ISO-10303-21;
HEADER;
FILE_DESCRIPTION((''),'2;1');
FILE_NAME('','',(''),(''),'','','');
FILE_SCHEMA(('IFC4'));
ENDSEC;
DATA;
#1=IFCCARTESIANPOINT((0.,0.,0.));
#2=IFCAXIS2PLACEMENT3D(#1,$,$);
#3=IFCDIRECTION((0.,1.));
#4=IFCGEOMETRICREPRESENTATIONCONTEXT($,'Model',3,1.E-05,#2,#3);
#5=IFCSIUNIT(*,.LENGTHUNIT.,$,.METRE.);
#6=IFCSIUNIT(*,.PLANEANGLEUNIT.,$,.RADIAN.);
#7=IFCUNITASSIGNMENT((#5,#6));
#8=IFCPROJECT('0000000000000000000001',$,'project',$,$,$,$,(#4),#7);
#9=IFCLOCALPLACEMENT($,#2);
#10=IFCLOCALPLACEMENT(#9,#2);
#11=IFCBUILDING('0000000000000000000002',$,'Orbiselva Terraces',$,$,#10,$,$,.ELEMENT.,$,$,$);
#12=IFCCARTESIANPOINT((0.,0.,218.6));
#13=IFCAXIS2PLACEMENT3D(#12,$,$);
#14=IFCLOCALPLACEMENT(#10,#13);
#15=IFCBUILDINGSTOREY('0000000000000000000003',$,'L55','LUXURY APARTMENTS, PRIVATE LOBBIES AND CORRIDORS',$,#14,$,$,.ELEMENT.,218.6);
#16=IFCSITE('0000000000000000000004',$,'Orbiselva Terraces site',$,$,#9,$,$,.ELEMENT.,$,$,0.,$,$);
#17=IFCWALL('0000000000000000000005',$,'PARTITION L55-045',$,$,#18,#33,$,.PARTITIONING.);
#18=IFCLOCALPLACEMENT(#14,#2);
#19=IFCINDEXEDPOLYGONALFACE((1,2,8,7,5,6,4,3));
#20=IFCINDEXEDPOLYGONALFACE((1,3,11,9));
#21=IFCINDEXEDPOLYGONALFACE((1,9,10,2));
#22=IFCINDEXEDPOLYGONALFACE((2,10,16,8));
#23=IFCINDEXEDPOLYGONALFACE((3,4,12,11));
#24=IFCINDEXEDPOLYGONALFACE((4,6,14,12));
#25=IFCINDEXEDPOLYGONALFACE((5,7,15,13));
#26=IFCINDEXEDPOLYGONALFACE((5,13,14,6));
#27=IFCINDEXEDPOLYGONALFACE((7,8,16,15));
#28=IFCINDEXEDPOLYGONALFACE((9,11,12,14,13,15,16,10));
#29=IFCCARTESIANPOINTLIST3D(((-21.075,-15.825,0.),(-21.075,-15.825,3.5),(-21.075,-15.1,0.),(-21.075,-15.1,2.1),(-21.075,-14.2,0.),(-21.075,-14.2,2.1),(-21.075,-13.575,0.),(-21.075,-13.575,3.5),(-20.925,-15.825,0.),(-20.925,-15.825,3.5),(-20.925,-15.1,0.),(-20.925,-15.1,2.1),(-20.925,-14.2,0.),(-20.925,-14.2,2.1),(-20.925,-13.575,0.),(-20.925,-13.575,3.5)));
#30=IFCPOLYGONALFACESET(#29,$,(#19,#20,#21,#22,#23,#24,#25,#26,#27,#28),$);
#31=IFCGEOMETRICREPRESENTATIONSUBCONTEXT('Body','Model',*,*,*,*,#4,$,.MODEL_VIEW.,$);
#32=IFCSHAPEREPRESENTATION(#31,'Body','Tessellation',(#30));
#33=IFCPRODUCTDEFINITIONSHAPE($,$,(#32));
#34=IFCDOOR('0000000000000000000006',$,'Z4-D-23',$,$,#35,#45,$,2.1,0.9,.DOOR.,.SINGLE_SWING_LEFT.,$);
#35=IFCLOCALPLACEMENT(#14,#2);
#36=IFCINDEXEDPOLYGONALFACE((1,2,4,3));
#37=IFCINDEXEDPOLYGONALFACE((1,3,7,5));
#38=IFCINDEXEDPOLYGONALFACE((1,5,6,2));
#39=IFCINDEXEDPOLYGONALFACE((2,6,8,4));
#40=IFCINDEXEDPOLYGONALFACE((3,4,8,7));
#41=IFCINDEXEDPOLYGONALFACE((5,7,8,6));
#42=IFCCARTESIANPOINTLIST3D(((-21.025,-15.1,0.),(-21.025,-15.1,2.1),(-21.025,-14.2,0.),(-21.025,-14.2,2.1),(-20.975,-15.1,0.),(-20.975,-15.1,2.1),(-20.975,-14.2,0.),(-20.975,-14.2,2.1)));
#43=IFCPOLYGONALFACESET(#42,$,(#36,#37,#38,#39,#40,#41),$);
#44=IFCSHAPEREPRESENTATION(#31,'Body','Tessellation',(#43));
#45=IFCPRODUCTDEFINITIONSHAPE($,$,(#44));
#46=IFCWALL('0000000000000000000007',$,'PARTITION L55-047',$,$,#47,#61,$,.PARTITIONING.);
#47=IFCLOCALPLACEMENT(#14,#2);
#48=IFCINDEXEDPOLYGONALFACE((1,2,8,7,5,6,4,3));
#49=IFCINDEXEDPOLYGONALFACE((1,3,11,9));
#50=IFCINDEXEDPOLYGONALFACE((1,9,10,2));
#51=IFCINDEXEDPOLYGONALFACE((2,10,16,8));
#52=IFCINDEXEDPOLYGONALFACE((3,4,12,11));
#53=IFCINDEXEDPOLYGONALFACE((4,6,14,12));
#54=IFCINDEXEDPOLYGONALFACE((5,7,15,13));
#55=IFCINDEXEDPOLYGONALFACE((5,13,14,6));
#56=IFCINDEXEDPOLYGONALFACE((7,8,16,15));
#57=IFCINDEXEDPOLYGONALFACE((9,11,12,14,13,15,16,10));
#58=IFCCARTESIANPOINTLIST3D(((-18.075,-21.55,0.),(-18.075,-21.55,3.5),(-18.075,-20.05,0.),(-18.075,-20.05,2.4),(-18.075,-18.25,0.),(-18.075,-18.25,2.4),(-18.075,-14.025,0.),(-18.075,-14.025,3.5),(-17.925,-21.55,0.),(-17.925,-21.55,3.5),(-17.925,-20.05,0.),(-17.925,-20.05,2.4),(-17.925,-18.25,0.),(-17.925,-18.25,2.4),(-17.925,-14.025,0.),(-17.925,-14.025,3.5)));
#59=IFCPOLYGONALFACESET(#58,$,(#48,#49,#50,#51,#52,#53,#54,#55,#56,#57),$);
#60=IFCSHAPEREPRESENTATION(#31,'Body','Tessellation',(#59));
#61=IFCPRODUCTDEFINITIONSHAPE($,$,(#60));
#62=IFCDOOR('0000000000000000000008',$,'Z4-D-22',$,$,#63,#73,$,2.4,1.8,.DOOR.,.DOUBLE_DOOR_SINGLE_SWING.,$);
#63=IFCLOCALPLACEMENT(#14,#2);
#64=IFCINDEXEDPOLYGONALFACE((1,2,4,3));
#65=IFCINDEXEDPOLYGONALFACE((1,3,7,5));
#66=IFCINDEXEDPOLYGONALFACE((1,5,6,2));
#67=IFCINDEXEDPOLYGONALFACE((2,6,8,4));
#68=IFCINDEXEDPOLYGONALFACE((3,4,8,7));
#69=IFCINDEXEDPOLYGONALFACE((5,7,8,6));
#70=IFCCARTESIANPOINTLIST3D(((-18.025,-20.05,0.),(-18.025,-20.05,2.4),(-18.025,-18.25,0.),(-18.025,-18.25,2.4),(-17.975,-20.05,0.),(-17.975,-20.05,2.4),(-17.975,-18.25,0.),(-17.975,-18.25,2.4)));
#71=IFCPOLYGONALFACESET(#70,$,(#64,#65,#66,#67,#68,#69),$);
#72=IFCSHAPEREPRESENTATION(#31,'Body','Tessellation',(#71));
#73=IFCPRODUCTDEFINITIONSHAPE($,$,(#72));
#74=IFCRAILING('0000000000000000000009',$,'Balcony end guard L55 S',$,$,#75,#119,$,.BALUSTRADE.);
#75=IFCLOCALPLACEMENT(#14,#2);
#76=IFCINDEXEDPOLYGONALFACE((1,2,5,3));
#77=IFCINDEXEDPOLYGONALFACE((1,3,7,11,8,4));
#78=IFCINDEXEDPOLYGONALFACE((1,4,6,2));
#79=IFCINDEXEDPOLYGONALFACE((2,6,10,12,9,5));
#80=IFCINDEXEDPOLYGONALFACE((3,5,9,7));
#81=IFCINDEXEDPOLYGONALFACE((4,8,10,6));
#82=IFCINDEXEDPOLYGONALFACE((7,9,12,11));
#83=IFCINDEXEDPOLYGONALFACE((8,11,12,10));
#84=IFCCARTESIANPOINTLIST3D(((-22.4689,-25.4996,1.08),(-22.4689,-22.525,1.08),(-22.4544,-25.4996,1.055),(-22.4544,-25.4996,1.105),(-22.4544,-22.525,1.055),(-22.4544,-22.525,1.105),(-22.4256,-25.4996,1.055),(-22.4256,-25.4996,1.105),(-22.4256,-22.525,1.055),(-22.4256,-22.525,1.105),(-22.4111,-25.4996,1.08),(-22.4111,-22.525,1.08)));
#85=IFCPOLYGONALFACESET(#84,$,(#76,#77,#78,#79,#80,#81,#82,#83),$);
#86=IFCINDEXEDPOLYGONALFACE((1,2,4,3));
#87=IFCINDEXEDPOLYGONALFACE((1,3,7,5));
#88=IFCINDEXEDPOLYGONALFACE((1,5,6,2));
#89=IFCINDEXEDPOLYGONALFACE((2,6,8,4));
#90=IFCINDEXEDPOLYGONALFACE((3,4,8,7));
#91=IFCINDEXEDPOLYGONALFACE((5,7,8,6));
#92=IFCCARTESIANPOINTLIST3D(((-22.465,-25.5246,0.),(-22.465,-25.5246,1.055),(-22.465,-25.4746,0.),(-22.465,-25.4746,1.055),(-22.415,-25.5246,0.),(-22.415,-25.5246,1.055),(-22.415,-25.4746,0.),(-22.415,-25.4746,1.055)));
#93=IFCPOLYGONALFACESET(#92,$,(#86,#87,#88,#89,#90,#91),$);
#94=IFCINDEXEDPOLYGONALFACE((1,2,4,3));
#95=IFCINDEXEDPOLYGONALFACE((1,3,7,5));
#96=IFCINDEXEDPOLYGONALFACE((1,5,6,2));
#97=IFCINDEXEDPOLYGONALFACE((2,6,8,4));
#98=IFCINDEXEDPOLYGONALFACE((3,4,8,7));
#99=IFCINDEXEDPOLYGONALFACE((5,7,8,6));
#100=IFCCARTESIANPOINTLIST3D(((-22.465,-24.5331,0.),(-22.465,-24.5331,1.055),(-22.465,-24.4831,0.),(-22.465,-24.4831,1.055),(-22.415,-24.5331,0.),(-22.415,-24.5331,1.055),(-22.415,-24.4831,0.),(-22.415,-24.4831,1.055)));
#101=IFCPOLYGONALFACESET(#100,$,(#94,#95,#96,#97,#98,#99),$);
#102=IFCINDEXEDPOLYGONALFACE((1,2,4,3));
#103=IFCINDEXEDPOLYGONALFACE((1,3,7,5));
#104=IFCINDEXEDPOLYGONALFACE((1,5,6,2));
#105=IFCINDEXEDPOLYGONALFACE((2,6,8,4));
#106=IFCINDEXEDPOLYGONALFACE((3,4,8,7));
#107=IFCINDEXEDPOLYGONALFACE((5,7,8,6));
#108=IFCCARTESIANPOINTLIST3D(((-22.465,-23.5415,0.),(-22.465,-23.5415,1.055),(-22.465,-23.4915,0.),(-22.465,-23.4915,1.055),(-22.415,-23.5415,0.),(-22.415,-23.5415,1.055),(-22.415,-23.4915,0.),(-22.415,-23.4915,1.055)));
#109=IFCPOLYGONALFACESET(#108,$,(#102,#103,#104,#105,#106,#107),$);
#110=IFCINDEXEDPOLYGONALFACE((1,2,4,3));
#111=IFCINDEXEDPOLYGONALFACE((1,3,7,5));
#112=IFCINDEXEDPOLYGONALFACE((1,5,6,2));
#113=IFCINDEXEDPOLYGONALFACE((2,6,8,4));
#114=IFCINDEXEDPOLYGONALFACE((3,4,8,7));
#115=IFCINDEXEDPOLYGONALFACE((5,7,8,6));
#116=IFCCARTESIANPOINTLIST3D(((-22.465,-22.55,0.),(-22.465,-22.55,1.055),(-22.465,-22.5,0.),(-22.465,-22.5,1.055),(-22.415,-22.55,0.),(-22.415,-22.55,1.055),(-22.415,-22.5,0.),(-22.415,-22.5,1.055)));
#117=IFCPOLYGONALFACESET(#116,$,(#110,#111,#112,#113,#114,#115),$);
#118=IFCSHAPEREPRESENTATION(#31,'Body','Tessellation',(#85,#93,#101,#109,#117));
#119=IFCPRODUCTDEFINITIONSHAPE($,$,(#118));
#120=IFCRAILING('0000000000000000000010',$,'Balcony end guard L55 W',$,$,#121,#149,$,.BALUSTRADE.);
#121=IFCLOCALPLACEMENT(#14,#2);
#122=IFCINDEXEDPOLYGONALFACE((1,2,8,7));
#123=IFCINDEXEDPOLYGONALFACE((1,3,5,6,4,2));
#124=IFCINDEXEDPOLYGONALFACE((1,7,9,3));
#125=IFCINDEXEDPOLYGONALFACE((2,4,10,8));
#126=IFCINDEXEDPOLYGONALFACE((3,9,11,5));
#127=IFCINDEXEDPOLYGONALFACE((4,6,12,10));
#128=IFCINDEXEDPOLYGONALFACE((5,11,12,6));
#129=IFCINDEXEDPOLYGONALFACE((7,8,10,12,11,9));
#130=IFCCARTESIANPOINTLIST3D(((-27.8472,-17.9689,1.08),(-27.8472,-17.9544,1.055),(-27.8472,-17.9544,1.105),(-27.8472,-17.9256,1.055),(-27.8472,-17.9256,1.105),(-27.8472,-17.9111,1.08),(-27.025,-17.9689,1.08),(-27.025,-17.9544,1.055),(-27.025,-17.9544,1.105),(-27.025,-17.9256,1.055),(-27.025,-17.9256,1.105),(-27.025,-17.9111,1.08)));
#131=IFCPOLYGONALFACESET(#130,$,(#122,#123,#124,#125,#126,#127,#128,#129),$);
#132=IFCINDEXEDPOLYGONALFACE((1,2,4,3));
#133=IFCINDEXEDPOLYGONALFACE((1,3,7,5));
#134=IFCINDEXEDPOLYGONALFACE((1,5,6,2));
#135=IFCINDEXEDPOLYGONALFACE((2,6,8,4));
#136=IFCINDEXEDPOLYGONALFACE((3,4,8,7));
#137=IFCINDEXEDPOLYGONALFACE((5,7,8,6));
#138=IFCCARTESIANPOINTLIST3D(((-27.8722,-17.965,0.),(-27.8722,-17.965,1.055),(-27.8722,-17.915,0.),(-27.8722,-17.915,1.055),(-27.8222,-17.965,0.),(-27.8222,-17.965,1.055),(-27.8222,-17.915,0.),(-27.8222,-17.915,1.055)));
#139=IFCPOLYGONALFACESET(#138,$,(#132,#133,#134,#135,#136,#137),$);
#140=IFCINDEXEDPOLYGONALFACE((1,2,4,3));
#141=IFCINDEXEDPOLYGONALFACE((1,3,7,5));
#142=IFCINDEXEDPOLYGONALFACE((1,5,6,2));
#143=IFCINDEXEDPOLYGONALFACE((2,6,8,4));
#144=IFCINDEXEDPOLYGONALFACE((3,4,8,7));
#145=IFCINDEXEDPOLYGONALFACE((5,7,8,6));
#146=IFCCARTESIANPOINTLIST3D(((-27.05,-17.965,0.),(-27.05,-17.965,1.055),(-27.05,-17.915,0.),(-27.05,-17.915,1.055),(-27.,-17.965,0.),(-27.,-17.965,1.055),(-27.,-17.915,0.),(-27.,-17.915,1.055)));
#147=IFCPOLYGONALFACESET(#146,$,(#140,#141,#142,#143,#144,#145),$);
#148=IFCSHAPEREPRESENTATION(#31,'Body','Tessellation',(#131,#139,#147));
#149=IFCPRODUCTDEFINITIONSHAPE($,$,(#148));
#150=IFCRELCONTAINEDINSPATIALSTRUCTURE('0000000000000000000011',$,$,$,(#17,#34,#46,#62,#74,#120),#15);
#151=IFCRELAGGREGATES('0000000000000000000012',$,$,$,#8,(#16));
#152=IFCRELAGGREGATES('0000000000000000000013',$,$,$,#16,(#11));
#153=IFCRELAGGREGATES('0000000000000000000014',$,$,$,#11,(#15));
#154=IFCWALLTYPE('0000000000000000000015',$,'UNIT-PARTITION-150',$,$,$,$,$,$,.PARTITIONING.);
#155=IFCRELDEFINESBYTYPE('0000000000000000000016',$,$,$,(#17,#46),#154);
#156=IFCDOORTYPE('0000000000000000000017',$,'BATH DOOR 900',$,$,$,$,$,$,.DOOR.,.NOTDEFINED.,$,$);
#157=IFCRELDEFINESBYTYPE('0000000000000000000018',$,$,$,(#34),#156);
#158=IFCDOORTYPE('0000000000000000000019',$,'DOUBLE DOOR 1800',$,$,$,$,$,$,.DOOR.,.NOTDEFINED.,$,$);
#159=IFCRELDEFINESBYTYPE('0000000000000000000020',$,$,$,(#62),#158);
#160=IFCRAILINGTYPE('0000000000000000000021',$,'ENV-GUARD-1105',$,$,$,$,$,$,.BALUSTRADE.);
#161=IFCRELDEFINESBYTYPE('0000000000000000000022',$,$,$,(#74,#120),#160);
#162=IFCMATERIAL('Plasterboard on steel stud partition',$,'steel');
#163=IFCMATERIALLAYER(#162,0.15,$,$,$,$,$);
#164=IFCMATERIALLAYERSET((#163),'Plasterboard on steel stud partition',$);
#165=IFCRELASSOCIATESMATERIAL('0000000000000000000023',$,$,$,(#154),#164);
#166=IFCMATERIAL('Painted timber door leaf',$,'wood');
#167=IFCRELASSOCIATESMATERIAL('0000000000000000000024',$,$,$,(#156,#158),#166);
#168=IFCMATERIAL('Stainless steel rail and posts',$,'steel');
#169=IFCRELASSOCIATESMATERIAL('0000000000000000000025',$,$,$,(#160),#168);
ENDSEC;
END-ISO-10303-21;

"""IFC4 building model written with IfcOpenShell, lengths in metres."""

from ifc_helpers import new_model, si_unit, direction, frame, frame_2d, origin, origin_2d, place, context, subcontext, project, spatial, polyline, rectangle, outline, extrude, material, layer, layer_set, type_object, element, fill, save


model = new_model("IFC4")

# Units and contexts
model_context = context("Model", 3, precision=1e-05, world=origin(), true_north=direction((0.0, 1.0)))
body_context = subcontext(model_context, "Body", "Model", "MODEL_VIEW")
ifc_project = project(units=[si_unit("LENGTHUNIT", "METRE"), si_unit("PLANEANGLEUNIT", "RADIAN")], contexts=[model_context])

# Site, building, storey
site_placement = place(None, origin())
site = spatial("IfcSite", under=ifc_project, at=site_placement, Name="Orbiselva Terraces site", CompositionType="ELEMENT", RefElevation=0.0)
building_placement = place(site_placement, origin())
building = spatial("IfcBuilding", under=site, at=building_placement, Name="Orbiselva Terraces", CompositionType="ELEMENT")
storey_placement = place(building_placement, frame((0.0, 0.0, 218.6)))
storey = spatial("IfcBuildingStorey", under=building, at=storey_placement, Name="L55", Description="LUXURY APARTMENTS, PRIVATE LOBBIES AND CORRIDORS", CompositionType="ELEMENT", Elevation=218.6)

# Shared definitions
ifc_material_1 = material(Name="Plasterboard on steel stud partition", Category="steel")
ifc_layer_1 = layer(ifc_material_1, 0.15)
ifc_layer_set_1 = layer_set([ifc_layer_1], Name="Plasterboard on steel stud partition")
wall_type_1 = type_object("IfcWallType", Name="UNIT-PARTITION-150", PredefinedType="PARTITIONING", material=ifc_layer_set_1)

# Walls, openings, doors
wall_1_placement = place(storey_placement, frame((-21.0, -13.575, 0.0), z_axis=(0.0, 0.0, 1.0), x_axis=(0.0, -1.0, 0.0)))
wall_1 = element("IfcWall", 1, at=wall_1_placement, inside=storey, type_object=wall_type_1, Name="PARTITION L55-045", PredefinedType="PARTITIONING", context=body_context, shape_type="SweptSolid", body=[
    extrude(rectangle(XDim=2.25, YDim=0.15, at=frame_2d((1.125, 0.0))), origin(), (0.0, 0.0, 1.0), 3.5),
])
opening_1_placement = place(wall_1_placement, frame((0.625, 0.0, 0.0)))
opening_1 = element("IfcOpeningElement", 2, at=opening_1_placement, cuts=wall_1, PredefinedType="OPENING", context=body_context, shape_type="SweptSolid", body=[
    extrude(rectangle(XDim=0.9, YDim=2.1, at=frame_2d((0.45, 1.05))), frame((0.0, 0.085, 0.0), z_axis=(0.0, -1.0, 0.0), x_axis=(1.0, 0.0, 0.0)), (0.0, 0.0, 1.0), 0.17),
])
ifc_material_2 = material(Name="Painted timber door leaf", Category="wood")
door_type_1 = type_object("IfcDoorType", Name="BATH DOOR 900", OperationType="NOTDEFINED", PredefinedType="DOOR", material=ifc_material_2)
door_1_placement = place(opening_1_placement, origin())
door_1 = element("IfcDoor", 3, at=door_1_placement, inside=storey, type_object=door_type_1, Name="Z4-D-23", OperationType="SINGLE_SWING_LEFT", OverallHeight=2.1, OverallWidth=0.9, PredefinedType="DOOR", context=body_context, shape_type="SweptSolid", body=[
    extrude(rectangle(XDim=0.9, YDim=2.1, at=frame_2d((0.45, 1.05))), frame((0.0, 0.025, 0.0), z_axis=(0.0, -1.0, 0.0), x_axis=(1.0, 0.0, 0.0)), (0.0, 0.0, 1.0), 0.05),
])
fill(opening_1, door_1)
wall_2_placement = place(storey_placement, frame((-18.0, -21.55, 0.0), z_axis=(0.0, 0.0, 1.0), x_axis=(0.0, 1.0, 0.0)))
wall_2 = element("IfcWall", 4, at=wall_2_placement, inside=storey, type_object=wall_type_1, Name="PARTITION L55-047", PredefinedType="PARTITIONING", context=body_context, shape_type="SweptSolid", body=[
    extrude(rectangle(XDim=7.525, YDim=0.15, at=frame_2d((3.7625, 0.0))), origin(), (0.0, 0.0, 1.0), 3.5),
])
opening_2_placement = place(wall_2_placement, frame((1.5, 0.0, 0.0)))
opening_2 = element("IfcOpeningElement", 5, at=opening_2_placement, cuts=wall_2, PredefinedType="OPENING", context=body_context, shape_type="SweptSolid", body=[
    extrude(rectangle(XDim=1.8, YDim=2.4, at=frame_2d((0.9, 1.2))), frame((0.0, 0.085, 0.0), z_axis=(0.0, -1.0, 0.0), x_axis=(1.0, 0.0, 0.0)), (0.0, 0.0, 1.0), 0.17),
])
door_type_2 = type_object("IfcDoorType", Name="DOUBLE DOOR 1800", OperationType="NOTDEFINED", PredefinedType="DOOR", material=ifc_material_2)
door_2_placement = place(opening_2_placement, origin())
door_2 = element("IfcDoor", 6, at=door_2_placement, inside=storey, type_object=door_type_2, Name="Z4-D-22", OperationType="DOUBLE_DOOR_SINGLE_SWING", OverallHeight=2.4, OverallWidth=1.8, PredefinedType="DOOR", context=body_context, shape_type="SweptSolid", body=[
    extrude(rectangle(XDim=1.8, YDim=2.4, at=frame_2d((0.9, 1.2))), frame((0.0, 0.025, 0.0), z_axis=(0.0, -1.0, 0.0), x_axis=(1.0, 0.0, 0.0)), (0.0, 0.0, 1.0), 0.05),
])
fill(opening_2, door_2)

# Railings
ifc_material_3 = material(Name="Stainless steel rail and posts", Category="steel")
railing_type_1 = type_object("IfcRailingType", Name="ENV-GUARD-1105", PredefinedType="BALUSTRADE", material=ifc_material_3)
railing_1_placement = place(storey_placement, frame((-22.44, -25.4996, 0.0)))
element("IfcRailing", 7, at=railing_1_placement, inside=storey, type_object=railing_type_1, Name="Balcony end guard L55 S", PredefinedType="BALUSTRADE", context=body_context, shape_type="SweptSolid", body=[
    extrude(outline(polyline([(0.0289, 0.0), (0.0144, 0.025), (-0.0144, 0.025), (-0.0289, 0.0), (-0.0144, -0.025), (0.0144, -0.025), (0.0289, 0.0)])), frame((0.0, 0.0, 1.08), z_axis=(0.0, 1.0, 0.0), x_axis=(-1.0, 0.0, 0.0)), (0.0, 0.0, 1.0), 2.9746),
    extrude(rectangle(XDim=0.05, YDim=0.05, at=origin_2d()), origin(), (0.0, 0.0, 1.0), 1.055),
    extrude(rectangle(XDim=0.05, YDim=0.05, at=origin_2d()), frame((0.0, 0.9915, 0.0)), (0.0, 0.0, 1.0), 1.055),
    extrude(rectangle(XDim=0.05, YDim=0.05, at=origin_2d()), frame((0.0, 1.9831, 0.0)), (0.0, 0.0, 1.0), 1.055),
    extrude(rectangle(XDim=0.05, YDim=0.05, at=origin_2d()), frame((0.0, 2.9746, 0.0)), (0.0, 0.0, 1.0), 1.055),
])
railing_2_placement = place(storey_placement, frame((-27.8472, -17.94, 0.0)))
element("IfcRailing", 8, at=railing_2_placement, inside=storey, type_object=railing_type_1, Name="Balcony end guard L55 W", PredefinedType="BALUSTRADE", context=body_context, shape_type="SweptSolid", body=[
    extrude(outline(polyline([(0.0289, 0.0), (0.0144, 0.025), (-0.0144, 0.025), (-0.0289, 0.0), (-0.0144, -0.025), (0.0144, -0.025), (0.0289, 0.0)])), frame((0.0, 0.0, 1.08), z_axis=(1.0, 0.0, 0.0), x_axis=(0.0, 1.0, 0.0)), (0.0, 0.0, 1.0), 0.8222),
    extrude(rectangle(XDim=0.05, YDim=0.05, at=origin_2d()), origin(), (0.0, 0.0, 1.0), 1.055),
    extrude(rectangle(XDim=0.05, YDim=0.05, at=origin_2d()), frame((0.8222, 0.0, 0.0)), (0.0, 0.0, 1.0), 1.055),
])

save(model, "model.ifc")
